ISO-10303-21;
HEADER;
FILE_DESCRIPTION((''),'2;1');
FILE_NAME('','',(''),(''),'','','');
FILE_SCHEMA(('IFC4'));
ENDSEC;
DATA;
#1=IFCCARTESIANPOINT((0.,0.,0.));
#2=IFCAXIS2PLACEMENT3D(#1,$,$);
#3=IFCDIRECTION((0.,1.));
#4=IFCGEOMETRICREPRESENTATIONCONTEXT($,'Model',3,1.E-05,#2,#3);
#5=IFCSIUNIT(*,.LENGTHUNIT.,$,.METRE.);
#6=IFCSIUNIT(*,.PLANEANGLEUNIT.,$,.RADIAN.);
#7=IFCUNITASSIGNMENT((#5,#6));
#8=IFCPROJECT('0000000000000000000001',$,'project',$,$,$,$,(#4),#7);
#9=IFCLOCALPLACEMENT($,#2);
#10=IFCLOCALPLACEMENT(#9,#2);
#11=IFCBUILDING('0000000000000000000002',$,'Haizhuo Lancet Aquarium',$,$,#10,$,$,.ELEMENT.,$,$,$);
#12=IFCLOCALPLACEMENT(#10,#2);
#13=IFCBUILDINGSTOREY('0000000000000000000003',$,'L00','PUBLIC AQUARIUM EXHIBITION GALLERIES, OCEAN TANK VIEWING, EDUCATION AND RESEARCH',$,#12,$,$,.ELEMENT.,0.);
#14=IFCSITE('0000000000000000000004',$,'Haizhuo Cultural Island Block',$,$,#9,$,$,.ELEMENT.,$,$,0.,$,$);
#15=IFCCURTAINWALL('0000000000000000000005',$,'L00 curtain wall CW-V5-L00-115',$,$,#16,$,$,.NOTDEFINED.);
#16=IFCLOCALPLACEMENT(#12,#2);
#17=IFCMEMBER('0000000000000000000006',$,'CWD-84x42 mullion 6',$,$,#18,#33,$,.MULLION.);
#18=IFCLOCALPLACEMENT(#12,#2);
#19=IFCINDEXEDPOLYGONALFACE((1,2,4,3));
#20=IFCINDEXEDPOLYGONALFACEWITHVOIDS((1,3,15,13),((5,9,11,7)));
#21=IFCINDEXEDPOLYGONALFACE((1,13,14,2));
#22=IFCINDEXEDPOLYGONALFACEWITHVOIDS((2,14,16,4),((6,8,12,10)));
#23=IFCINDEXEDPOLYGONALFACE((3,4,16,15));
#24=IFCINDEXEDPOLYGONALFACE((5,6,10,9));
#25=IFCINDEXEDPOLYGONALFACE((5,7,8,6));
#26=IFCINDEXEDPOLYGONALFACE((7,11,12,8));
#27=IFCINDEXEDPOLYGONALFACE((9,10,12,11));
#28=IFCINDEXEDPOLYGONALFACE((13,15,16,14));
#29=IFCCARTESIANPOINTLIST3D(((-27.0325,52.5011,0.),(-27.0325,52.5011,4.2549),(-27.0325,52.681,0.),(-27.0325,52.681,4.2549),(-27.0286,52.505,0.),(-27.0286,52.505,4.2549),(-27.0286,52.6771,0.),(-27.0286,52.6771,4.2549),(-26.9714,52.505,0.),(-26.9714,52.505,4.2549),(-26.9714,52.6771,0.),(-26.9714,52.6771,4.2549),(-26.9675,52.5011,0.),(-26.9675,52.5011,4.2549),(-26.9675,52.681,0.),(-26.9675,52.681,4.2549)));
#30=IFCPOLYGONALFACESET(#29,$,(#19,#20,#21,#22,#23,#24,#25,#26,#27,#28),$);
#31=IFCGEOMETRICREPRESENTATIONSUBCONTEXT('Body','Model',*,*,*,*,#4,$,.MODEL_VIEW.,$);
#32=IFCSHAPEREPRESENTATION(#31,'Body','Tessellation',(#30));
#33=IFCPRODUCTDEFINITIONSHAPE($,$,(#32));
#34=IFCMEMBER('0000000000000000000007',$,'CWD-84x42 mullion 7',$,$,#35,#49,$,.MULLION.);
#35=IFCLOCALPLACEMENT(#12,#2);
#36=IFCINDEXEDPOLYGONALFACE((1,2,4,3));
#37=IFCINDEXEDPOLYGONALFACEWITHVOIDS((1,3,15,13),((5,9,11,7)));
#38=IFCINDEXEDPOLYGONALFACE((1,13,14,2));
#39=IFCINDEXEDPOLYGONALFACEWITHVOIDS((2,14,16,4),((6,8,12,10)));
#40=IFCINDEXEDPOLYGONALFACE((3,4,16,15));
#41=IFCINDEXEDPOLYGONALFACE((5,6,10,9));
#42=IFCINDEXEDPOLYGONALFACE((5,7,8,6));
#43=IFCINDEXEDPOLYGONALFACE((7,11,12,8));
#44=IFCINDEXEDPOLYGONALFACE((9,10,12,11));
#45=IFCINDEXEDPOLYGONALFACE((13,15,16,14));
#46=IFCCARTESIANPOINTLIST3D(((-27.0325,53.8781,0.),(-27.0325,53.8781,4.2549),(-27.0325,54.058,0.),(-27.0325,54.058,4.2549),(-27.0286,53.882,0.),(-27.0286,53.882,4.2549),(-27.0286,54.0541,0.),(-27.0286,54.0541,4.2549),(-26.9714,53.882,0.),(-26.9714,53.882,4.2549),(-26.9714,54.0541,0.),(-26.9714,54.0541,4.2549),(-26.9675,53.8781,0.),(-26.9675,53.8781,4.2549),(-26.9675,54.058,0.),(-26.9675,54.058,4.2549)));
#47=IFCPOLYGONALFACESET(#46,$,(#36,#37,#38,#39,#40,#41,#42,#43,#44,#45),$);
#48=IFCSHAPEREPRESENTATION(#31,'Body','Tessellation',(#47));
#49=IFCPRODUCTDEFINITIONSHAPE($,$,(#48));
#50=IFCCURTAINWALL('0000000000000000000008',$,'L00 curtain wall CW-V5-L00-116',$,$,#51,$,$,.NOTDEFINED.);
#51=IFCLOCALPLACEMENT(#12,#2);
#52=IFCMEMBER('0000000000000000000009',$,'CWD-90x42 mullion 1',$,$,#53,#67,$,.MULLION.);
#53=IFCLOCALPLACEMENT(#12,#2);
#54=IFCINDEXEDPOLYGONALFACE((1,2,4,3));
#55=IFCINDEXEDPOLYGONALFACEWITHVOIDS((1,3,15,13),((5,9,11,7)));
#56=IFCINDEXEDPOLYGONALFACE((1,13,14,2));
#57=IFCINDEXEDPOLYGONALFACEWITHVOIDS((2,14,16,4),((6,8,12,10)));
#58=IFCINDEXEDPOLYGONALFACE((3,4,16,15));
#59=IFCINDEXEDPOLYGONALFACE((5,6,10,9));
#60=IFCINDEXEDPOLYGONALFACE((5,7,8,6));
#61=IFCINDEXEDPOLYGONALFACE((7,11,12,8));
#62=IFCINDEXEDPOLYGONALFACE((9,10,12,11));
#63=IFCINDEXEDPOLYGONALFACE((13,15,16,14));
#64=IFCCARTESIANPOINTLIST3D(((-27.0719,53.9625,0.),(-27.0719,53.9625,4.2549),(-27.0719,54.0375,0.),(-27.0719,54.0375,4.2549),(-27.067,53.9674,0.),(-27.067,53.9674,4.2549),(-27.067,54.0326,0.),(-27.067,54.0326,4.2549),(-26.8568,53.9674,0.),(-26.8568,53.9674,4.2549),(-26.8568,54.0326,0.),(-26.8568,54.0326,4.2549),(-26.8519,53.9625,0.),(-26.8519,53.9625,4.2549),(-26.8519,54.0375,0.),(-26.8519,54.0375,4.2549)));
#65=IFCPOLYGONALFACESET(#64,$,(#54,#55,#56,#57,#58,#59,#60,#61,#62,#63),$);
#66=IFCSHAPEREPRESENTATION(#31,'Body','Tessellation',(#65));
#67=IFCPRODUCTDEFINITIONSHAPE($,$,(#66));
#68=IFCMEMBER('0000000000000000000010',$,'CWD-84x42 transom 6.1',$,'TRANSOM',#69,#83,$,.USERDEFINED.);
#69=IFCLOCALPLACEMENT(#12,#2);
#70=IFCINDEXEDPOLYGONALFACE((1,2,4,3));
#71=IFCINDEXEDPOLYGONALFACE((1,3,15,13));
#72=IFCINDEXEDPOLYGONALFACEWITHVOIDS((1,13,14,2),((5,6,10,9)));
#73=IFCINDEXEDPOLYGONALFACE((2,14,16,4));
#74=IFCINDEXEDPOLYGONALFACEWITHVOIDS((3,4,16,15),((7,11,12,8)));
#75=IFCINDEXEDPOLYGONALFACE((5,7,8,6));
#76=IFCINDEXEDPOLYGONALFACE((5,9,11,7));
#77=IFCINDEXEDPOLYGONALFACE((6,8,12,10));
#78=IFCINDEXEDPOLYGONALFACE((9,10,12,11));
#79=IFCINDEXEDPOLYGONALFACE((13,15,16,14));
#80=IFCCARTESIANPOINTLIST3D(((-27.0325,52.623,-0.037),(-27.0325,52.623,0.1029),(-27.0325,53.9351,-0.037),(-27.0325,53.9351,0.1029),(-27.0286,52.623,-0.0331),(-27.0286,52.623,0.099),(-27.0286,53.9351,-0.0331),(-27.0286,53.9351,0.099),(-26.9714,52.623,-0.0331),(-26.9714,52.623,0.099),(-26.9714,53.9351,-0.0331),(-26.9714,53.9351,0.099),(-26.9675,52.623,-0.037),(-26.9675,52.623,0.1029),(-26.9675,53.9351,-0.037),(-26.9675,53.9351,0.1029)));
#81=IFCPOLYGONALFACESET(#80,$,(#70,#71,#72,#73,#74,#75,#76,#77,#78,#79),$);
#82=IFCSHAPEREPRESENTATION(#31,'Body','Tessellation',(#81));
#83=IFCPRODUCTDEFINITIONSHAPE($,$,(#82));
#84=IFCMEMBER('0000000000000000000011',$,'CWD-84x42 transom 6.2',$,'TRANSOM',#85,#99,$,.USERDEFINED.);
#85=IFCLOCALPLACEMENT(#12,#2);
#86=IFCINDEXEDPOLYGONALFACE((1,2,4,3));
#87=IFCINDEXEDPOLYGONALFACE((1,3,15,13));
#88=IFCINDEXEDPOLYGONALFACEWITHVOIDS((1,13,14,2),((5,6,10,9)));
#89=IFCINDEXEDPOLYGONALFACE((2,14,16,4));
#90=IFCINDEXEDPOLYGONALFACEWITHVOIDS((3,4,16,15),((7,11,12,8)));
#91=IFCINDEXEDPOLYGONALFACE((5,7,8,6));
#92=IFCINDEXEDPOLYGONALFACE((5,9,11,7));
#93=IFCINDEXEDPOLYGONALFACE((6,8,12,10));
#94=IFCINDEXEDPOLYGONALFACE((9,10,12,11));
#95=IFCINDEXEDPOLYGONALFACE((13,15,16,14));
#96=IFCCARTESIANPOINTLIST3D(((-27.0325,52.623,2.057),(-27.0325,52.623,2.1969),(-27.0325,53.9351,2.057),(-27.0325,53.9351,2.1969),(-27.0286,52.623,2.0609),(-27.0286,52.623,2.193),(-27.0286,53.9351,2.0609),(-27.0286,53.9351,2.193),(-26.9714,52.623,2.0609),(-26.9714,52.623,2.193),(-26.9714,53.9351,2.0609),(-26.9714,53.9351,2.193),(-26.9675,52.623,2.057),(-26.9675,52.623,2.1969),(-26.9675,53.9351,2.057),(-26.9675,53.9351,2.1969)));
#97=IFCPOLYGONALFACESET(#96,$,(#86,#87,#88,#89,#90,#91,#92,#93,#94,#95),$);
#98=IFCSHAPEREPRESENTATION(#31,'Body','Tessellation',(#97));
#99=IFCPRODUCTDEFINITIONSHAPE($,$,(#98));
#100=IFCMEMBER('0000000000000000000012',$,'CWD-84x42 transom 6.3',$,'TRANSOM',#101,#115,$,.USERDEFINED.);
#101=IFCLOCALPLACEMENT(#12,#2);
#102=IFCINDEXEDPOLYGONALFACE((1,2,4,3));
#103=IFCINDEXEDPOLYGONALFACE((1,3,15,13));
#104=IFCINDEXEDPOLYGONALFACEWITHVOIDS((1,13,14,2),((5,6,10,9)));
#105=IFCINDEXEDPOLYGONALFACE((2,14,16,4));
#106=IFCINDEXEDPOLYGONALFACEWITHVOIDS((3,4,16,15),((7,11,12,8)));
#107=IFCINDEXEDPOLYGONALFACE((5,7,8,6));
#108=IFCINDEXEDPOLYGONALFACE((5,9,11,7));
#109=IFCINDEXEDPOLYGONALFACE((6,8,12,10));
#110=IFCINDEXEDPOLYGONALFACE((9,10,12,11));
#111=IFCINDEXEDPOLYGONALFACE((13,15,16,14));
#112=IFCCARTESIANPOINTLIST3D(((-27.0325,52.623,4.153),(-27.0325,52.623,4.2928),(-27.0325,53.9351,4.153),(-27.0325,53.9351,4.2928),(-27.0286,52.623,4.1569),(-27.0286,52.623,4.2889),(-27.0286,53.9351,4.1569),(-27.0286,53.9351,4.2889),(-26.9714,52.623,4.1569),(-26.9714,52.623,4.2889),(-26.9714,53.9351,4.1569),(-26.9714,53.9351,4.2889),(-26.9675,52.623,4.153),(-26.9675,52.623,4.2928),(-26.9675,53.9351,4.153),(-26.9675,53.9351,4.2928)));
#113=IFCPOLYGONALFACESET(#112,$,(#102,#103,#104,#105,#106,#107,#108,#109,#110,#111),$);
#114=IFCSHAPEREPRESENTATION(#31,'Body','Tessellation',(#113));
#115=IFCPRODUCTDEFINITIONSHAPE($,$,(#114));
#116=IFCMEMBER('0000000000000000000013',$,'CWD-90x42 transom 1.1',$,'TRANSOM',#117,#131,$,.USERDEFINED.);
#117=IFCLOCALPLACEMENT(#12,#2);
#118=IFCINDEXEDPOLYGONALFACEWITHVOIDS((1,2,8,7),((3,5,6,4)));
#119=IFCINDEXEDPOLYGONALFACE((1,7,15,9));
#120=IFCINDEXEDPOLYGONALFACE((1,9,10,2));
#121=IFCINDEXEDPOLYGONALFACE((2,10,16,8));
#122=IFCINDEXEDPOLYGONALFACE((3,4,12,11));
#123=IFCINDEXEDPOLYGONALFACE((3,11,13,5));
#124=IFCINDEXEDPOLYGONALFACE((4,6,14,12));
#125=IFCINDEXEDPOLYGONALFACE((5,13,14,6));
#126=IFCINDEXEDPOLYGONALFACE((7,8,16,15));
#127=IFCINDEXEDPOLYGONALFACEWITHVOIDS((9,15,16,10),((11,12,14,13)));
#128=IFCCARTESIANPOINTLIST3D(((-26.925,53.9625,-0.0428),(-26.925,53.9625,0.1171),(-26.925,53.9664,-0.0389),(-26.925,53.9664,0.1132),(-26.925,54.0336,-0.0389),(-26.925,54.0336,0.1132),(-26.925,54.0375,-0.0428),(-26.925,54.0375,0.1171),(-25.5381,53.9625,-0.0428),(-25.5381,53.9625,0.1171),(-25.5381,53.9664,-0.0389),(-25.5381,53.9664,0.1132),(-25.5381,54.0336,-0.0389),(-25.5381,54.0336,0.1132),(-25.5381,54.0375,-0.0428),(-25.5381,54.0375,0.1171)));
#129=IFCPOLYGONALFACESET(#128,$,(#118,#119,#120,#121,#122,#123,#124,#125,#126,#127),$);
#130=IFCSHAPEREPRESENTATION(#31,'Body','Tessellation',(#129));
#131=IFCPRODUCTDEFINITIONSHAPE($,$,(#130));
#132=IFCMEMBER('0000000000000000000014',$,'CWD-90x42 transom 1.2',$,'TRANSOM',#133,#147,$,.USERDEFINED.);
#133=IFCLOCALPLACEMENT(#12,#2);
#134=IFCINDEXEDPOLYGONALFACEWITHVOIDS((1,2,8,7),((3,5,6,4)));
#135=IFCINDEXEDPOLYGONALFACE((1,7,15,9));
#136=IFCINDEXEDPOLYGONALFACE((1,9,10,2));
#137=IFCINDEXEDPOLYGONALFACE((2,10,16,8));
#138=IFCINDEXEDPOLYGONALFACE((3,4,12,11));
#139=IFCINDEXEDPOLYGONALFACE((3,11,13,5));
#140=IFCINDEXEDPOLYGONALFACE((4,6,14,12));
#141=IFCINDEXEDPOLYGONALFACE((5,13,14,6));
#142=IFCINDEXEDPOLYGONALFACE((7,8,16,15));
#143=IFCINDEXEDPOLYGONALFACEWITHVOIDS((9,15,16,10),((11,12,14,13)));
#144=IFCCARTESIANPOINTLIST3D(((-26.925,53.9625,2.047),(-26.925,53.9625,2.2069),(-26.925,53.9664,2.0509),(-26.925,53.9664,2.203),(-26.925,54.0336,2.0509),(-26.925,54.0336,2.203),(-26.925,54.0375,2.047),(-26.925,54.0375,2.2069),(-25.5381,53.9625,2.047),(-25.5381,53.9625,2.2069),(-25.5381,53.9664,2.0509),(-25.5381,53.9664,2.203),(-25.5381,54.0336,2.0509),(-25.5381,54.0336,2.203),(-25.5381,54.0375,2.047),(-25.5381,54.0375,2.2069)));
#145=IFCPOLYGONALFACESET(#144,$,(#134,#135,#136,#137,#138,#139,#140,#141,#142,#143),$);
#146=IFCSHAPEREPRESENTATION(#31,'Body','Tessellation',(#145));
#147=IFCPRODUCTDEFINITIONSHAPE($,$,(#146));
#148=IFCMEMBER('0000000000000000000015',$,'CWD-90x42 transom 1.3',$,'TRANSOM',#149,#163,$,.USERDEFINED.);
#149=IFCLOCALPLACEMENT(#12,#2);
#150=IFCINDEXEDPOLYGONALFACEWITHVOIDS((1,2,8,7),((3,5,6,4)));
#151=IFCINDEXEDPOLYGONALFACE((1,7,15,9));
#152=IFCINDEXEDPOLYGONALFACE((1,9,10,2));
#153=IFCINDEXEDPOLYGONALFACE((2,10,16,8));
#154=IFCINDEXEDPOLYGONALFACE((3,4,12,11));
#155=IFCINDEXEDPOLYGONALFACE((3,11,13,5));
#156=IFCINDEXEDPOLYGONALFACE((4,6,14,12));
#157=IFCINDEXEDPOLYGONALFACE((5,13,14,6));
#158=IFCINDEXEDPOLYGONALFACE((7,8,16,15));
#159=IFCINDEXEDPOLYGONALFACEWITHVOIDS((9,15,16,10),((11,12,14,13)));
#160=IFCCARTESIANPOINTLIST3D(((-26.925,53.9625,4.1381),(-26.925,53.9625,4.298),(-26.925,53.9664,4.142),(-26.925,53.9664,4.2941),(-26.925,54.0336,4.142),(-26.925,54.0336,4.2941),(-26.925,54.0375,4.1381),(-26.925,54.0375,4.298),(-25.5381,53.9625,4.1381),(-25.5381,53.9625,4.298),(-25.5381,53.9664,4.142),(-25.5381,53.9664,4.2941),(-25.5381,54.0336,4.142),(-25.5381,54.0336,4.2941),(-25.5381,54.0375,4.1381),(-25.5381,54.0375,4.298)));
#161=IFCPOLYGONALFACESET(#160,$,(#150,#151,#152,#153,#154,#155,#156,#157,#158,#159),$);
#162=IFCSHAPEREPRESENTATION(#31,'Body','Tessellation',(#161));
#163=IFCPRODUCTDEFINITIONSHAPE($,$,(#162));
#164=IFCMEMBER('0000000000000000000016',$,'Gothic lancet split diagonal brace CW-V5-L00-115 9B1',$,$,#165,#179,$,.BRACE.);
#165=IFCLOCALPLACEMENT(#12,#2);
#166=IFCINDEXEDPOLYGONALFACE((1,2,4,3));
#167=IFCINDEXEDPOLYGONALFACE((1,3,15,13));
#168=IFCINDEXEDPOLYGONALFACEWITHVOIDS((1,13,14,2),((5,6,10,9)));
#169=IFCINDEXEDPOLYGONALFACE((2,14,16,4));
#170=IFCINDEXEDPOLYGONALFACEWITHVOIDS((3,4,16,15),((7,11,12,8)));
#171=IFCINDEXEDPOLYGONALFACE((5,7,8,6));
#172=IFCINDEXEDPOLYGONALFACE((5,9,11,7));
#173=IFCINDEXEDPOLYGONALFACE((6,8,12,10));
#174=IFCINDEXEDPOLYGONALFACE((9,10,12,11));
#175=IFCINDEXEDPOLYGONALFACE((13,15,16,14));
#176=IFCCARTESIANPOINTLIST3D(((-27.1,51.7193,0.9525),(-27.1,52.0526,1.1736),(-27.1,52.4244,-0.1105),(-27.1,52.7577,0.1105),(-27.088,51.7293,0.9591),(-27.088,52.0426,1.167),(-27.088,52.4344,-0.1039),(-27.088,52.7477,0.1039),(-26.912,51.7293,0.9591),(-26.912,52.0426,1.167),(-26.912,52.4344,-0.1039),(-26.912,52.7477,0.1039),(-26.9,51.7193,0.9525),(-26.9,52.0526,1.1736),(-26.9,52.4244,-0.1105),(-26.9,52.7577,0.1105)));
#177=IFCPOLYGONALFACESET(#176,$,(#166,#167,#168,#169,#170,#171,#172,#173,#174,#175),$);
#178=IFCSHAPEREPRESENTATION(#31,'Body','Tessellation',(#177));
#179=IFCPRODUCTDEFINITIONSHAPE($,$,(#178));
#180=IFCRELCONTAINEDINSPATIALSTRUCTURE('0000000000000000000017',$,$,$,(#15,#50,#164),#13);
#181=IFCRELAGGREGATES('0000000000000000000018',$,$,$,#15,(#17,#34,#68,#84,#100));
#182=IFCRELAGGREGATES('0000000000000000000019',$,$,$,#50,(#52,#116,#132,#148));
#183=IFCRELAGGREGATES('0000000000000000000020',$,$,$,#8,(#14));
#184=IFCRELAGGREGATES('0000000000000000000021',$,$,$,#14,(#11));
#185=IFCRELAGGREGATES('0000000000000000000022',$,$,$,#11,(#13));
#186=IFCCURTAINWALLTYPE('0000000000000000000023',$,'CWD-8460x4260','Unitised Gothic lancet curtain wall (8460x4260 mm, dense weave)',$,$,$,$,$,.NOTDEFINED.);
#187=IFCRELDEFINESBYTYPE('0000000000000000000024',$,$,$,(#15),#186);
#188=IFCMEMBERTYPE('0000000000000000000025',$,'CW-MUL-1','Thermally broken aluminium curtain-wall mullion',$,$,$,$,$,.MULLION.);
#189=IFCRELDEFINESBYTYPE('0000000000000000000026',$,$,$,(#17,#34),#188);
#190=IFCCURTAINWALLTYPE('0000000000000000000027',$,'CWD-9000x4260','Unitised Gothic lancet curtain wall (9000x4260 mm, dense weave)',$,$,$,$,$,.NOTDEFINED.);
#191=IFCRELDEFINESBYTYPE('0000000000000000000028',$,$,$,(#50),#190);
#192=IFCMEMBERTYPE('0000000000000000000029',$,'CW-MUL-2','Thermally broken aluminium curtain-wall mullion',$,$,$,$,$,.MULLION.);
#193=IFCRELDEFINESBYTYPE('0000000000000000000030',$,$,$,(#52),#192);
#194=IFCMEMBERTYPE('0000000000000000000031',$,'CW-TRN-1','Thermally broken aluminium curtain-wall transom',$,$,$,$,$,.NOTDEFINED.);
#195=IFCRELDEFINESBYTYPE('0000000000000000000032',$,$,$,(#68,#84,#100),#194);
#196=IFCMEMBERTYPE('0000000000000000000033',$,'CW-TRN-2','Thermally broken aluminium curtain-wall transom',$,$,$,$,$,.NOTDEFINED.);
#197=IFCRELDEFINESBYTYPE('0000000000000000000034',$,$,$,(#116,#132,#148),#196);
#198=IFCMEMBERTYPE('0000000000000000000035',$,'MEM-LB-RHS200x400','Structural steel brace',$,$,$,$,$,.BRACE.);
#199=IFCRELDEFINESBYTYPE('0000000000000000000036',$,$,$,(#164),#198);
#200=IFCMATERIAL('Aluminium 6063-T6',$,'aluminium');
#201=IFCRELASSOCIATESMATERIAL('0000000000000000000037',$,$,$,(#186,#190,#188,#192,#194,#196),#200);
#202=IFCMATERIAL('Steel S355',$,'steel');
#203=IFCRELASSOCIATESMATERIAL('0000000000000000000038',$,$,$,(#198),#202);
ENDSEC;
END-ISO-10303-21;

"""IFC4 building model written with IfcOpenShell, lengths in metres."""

from ifc_helpers import new_model, si_unit, direction, frame, origin, origin_2d, place, context, subcontext, project, spatial, hollow_rectangle, extrude, material, material_profile, profile_set, type_object, element, aggregate, save


model = new_model("IFC4")

# Units and contexts
model_context = context("Model", 3, precision=1e-05, world=origin(), true_north=direction((0.0, 1.0)))
body_context = subcontext(model_context, "Body", "Model", "MODEL_VIEW")
ifc_project = project(units=[si_unit("LENGTHUNIT", "METRE"), si_unit("PLANEANGLEUNIT", "RADIAN")], contexts=[model_context])

# Site, building, storey
site_placement = place(None, origin())
site = spatial("IfcSite", under=ifc_project, at=site_placement, Name="Haizhuo Cultural Island Block", CompositionType="ELEMENT", RefElevation=0.0)
building_placement = place(site_placement, origin())
building = spatial("IfcBuilding", under=site, at=building_placement, Name="Haizhuo Lancet Aquarium", CompositionType="ELEMENT")
storey_placement = place(building_placement, origin())
storey = spatial("IfcBuildingStorey", under=building, at=storey_placement, Name="L00", Description="PUBLIC AQUARIUM EXHIBITION GALLERIES, OCEAN TANK VIEWING, EDUCATION AND RESEARCH", CompositionType="ELEMENT", Elevation=0.0)

# Curtain wall, members
ifc_material_1 = material(Name="Aluminium 6063-T6", Category="aluminium")
curtain_wall_type_1 = type_object("IfcCurtainWallType", Name="CWD-8460x4260", Description="Unitised Gothic lancet curtain wall (8460x4260 mm, dense weave)", PredefinedType="NOTDEFINED", material=ifc_material_1)
curtain_wall_1_placement = place(storey_placement, origin())
curtain_wall_1 = element("IfcCurtainWall", 1, at=curtain_wall_1_placement, inside=storey, type_object=curtain_wall_type_1, Name="L00 curtain wall CW-V5-L00-115", PredefinedType="NOTDEFINED")
ifc_material_profile_1 = material_profile(ifc_material_1, hollow_rectangle(XDim=0.0649, YDim=0.1799, WallThickness=0.0039, at=origin_2d()), Name="ALU-M 65x180x4")
ifc_profile_set_1 = profile_set([ifc_material_profile_1], Name="Aluminium 6063-T6")
member_type_1 = type_object("IfcMemberType", Name="CW-MUL-1", Description="Thermally broken aluminium curtain-wall mullion", PredefinedType="MULLION", material=ifc_profile_set_1)
member_1_placement = place(storey_placement, frame((-27.0, 52.5911, 0.0), z_axis=(0.0, 0.0, 1.0), x_axis=(-1.0, 0.0, 0.0)))
member_1 = element("IfcMember", 2, at=member_1_placement, type_object=member_type_1, Name="CWD-84x42 mullion 6", PredefinedType="MULLION", context=body_context, shape_type="SweptSolid", body=[
    extrude(hollow_rectangle(XDim=0.0649, YDim=0.1799, WallThickness=0.0039, at=origin_2d()), origin(), (0.0, 0.0, 1.0), 4.2549),
])
member_2_placement = place(storey_placement, frame((-27.0, 53.968, 0.0), z_axis=(0.0, 0.0, 1.0), x_axis=(-1.0, 0.0, 0.0)))
member_2 = element("IfcMember", 3, at=member_2_placement, type_object=member_type_1, Name="CWD-84x42 mullion 7", PredefinedType="MULLION", context=body_context, shape_type="SweptSolid", body=[
    extrude(hollow_rectangle(XDim=0.0649, YDim=0.1799, WallThickness=0.0039, at=origin_2d()), origin(), (0.0, 0.0, 1.0), 4.2549),
])

# Curtain wall, member
curtain_wall_type_2 = type_object("IfcCurtainWallType", Name="CWD-9000x4260", Description="Unitised Gothic lancet curtain wall (9000x4260 mm, dense weave)", PredefinedType="NOTDEFINED", material=ifc_material_1)
curtain_wall_2_placement = place(storey_placement, origin())
curtain_wall_2 = element("IfcCurtainWall", 4, at=curtain_wall_2_placement, inside=storey, type_object=curtain_wall_type_2, Name="L00 curtain wall CW-V5-L00-116", PredefinedType="NOTDEFINED")
ifc_material_profile_2 = material_profile(ifc_material_1, hollow_rectangle(XDim=0.075, YDim=0.22, WallThickness=0.0049, at=origin_2d()), Name="ALU-M 75x220x5")
ifc_profile_set_2 = profile_set([ifc_material_profile_2], Name="Aluminium 6063-T6")
member_type_2 = type_object("IfcMemberType", Name="CW-MUL-2", Description="Thermally broken aluminium curtain-wall mullion", PredefinedType="MULLION", material=ifc_profile_set_2)
member_3_placement = place(storey_placement, frame((-26.9619, 54.0, 0.0), z_axis=(0.0, 0.0, 1.0), x_axis=(0.0, 1.0, 0.0)))
member_3 = element("IfcMember", 5, at=member_3_placement, type_object=member_type_2, Name="CWD-90x42 mullion 1", PredefinedType="MULLION", context=body_context, shape_type="SweptSolid", body=[
    extrude(hollow_rectangle(XDim=0.075, YDim=0.22, WallThickness=0.0049, at=origin_2d()), origin(), (0.0, 0.0, 1.0), 4.2549),
])

# Members
ifc_material_profile_3 = material_profile(ifc_material_1, hollow_rectangle(XDim=0.0649, YDim=0.1399, WallThickness=0.0039, at=origin_2d()), Name="ALU-T 65x140x4")
ifc_profile_set_3 = profile_set([ifc_material_profile_3], Name="Aluminium 6063-T6")
member_type_3 = type_object("IfcMemberType", Name="CW-TRN-1", Description="Thermally broken aluminium curtain-wall transom", PredefinedType="NOTDEFINED", material=ifc_profile_set_3)
member_4_placement = place(storey_placement, frame((-27.0, 52.623, 0.033), z_axis=(0.0, 1.0, 0.0), x_axis=(-1.0, 0.0, 0.0)))
member_4 = element("IfcMember", 6, at=member_4_placement, type_object=member_type_3, Name="CWD-84x42 transom 6.1", ObjectType="TRANSOM", PredefinedType="USERDEFINED", context=body_context, shape_type="SweptSolid", body=[
    extrude(hollow_rectangle(XDim=0.0649, YDim=0.1399, WallThickness=0.0039, at=origin_2d()), origin(), (0.0, 0.0, 1.0), 1.312),
])
member_5_placement = place(storey_placement, frame((-27.0, 52.623, 2.127), z_axis=(0.0, 1.0, 0.0), x_axis=(-1.0, 0.0, 0.0)))
member_5 = element("IfcMember", 7, at=member_5_placement, type_object=member_type_3, Name="CWD-84x42 transom 6.2", ObjectType="TRANSOM", PredefinedType="USERDEFINED", context=body_context, shape_type="SweptSolid", body=[
    extrude(hollow_rectangle(XDim=0.0649, YDim=0.1399, WallThickness=0.0039, at=origin_2d()), origin(), (0.0, 0.0, 1.0), 1.312),
])
member_6_placement = place(storey_placement, frame((-27.0, 52.623, 4.2229), z_axis=(0.0, 1.0, 0.0), x_axis=(-1.0, 0.0, 0.0)))
member_6 = element("IfcMember", 8, at=member_6_placement, type_object=member_type_3, Name="CWD-84x42 transom 6.3", ObjectType="TRANSOM", PredefinedType="USERDEFINED", context=body_context, shape_type="SweptSolid", body=[
    extrude(hollow_rectangle(XDim=0.0649, YDim=0.1399, WallThickness=0.0039, at=origin_2d()), origin(), (0.0, 0.0, 1.0), 1.312),
])
ifc_material_profile_4 = material_profile(ifc_material_1, hollow_rectangle(XDim=0.075, YDim=0.1599, WallThickness=0.0039, at=origin_2d()), Name="ALU-T 75x160x4")
ifc_profile_set_4 = profile_set([ifc_material_profile_4], Name="Aluminium 6063-T6")
member_type_4 = type_object("IfcMemberType", Name="CW-TRN-2", Description="Thermally broken aluminium curtain-wall transom", PredefinedType="NOTDEFINED", material=ifc_profile_set_4)
member_7_placement = place(storey_placement, frame((-26.925, 54.0, 0.0371), z_axis=(1.0, 0.0, 0.0), x_axis=(0.0, 1.0, 0.0)))
member_7 = element("IfcMember", 9, at=member_7_placement, type_object=member_type_4, Name="CWD-90x42 transom 1.1", ObjectType="TRANSOM", PredefinedType="USERDEFINED", context=body_context, shape_type="SweptSolid", body=[
    extrude(hollow_rectangle(XDim=0.075, YDim=0.1599, WallThickness=0.0039, at=origin_2d()), origin(), (0.0, 0.0, 1.0), 1.387),
])
member_8_placement = place(storey_placement, frame((-26.925, 54.0, 2.127), z_axis=(1.0, 0.0, 0.0), x_axis=(0.0, 1.0, 0.0)))
member_8 = element("IfcMember", 10, at=member_8_placement, type_object=member_type_4, Name="CWD-90x42 transom 1.2", ObjectType="TRANSOM", PredefinedType="USERDEFINED", context=body_context, shape_type="SweptSolid", body=[
    extrude(hollow_rectangle(XDim=0.075, YDim=0.1599, WallThickness=0.0039, at=origin_2d()), origin(), (0.0, 0.0, 1.0), 1.387),
])
member_9_placement = place(storey_placement, frame((-26.925, 54.0, 4.218), z_axis=(1.0, 0.0, 0.0), x_axis=(0.0, 1.0, 0.0)))
member_9 = element("IfcMember", 11, at=member_9_placement, type_object=member_type_4, Name="CWD-90x42 transom 1.3", ObjectType="TRANSOM", PredefinedType="USERDEFINED", context=body_context, shape_type="SweptSolid", body=[
    extrude(hollow_rectangle(XDim=0.075, YDim=0.1599, WallThickness=0.0039, at=origin_2d()), origin(), (0.0, 0.0, 1.0), 1.387),
])

# Member
ifc_material_2 = material(Name="Steel S355", Category="steel")
ifc_material_profile_5 = material_profile(ifc_material_2, hollow_rectangle(XDim=0.2, YDim=0.3999, WallThickness=0.012, at=origin_2d()), Name="RHS 200x400x12")
ifc_profile_set_5 = profile_set([ifc_material_profile_5], Name="Steel S355")
member_type_5 = type_object("IfcMemberType", Name="MEM-LB-RHS200x400", Description="Structural steel brace", PredefinedType="BRACE", material=ifc_profile_set_5)
member_10_placement = place(storey_placement, frame((-27.0, 52.5911, 0.0), z_axis=(0.0, -0.552755, 0.833344), x_axis=(1.0, 0.0, 0.0)))
element("IfcMember", 12, at=member_10_placement, inside=storey, type_object=member_type_5, Name="Gothic lancet split diagonal brace CW-V5-L00-115 9B1", PredefinedType="BRACE", context=body_context, shape_type="SweptSolid", body=[
    extrude(hollow_rectangle(XDim=0.2, YDim=0.3999, WallThickness=0.012, at=origin_2d()), origin(), (0.0, 0.0, 1.0), 1.2756),
])

aggregate(curtain_wall_1, [member_1, member_2, member_4, member_5, member_6])
aggregate(curtain_wall_2, [member_3, member_7, member_8, member_9])

save(model, "model.ifc")
